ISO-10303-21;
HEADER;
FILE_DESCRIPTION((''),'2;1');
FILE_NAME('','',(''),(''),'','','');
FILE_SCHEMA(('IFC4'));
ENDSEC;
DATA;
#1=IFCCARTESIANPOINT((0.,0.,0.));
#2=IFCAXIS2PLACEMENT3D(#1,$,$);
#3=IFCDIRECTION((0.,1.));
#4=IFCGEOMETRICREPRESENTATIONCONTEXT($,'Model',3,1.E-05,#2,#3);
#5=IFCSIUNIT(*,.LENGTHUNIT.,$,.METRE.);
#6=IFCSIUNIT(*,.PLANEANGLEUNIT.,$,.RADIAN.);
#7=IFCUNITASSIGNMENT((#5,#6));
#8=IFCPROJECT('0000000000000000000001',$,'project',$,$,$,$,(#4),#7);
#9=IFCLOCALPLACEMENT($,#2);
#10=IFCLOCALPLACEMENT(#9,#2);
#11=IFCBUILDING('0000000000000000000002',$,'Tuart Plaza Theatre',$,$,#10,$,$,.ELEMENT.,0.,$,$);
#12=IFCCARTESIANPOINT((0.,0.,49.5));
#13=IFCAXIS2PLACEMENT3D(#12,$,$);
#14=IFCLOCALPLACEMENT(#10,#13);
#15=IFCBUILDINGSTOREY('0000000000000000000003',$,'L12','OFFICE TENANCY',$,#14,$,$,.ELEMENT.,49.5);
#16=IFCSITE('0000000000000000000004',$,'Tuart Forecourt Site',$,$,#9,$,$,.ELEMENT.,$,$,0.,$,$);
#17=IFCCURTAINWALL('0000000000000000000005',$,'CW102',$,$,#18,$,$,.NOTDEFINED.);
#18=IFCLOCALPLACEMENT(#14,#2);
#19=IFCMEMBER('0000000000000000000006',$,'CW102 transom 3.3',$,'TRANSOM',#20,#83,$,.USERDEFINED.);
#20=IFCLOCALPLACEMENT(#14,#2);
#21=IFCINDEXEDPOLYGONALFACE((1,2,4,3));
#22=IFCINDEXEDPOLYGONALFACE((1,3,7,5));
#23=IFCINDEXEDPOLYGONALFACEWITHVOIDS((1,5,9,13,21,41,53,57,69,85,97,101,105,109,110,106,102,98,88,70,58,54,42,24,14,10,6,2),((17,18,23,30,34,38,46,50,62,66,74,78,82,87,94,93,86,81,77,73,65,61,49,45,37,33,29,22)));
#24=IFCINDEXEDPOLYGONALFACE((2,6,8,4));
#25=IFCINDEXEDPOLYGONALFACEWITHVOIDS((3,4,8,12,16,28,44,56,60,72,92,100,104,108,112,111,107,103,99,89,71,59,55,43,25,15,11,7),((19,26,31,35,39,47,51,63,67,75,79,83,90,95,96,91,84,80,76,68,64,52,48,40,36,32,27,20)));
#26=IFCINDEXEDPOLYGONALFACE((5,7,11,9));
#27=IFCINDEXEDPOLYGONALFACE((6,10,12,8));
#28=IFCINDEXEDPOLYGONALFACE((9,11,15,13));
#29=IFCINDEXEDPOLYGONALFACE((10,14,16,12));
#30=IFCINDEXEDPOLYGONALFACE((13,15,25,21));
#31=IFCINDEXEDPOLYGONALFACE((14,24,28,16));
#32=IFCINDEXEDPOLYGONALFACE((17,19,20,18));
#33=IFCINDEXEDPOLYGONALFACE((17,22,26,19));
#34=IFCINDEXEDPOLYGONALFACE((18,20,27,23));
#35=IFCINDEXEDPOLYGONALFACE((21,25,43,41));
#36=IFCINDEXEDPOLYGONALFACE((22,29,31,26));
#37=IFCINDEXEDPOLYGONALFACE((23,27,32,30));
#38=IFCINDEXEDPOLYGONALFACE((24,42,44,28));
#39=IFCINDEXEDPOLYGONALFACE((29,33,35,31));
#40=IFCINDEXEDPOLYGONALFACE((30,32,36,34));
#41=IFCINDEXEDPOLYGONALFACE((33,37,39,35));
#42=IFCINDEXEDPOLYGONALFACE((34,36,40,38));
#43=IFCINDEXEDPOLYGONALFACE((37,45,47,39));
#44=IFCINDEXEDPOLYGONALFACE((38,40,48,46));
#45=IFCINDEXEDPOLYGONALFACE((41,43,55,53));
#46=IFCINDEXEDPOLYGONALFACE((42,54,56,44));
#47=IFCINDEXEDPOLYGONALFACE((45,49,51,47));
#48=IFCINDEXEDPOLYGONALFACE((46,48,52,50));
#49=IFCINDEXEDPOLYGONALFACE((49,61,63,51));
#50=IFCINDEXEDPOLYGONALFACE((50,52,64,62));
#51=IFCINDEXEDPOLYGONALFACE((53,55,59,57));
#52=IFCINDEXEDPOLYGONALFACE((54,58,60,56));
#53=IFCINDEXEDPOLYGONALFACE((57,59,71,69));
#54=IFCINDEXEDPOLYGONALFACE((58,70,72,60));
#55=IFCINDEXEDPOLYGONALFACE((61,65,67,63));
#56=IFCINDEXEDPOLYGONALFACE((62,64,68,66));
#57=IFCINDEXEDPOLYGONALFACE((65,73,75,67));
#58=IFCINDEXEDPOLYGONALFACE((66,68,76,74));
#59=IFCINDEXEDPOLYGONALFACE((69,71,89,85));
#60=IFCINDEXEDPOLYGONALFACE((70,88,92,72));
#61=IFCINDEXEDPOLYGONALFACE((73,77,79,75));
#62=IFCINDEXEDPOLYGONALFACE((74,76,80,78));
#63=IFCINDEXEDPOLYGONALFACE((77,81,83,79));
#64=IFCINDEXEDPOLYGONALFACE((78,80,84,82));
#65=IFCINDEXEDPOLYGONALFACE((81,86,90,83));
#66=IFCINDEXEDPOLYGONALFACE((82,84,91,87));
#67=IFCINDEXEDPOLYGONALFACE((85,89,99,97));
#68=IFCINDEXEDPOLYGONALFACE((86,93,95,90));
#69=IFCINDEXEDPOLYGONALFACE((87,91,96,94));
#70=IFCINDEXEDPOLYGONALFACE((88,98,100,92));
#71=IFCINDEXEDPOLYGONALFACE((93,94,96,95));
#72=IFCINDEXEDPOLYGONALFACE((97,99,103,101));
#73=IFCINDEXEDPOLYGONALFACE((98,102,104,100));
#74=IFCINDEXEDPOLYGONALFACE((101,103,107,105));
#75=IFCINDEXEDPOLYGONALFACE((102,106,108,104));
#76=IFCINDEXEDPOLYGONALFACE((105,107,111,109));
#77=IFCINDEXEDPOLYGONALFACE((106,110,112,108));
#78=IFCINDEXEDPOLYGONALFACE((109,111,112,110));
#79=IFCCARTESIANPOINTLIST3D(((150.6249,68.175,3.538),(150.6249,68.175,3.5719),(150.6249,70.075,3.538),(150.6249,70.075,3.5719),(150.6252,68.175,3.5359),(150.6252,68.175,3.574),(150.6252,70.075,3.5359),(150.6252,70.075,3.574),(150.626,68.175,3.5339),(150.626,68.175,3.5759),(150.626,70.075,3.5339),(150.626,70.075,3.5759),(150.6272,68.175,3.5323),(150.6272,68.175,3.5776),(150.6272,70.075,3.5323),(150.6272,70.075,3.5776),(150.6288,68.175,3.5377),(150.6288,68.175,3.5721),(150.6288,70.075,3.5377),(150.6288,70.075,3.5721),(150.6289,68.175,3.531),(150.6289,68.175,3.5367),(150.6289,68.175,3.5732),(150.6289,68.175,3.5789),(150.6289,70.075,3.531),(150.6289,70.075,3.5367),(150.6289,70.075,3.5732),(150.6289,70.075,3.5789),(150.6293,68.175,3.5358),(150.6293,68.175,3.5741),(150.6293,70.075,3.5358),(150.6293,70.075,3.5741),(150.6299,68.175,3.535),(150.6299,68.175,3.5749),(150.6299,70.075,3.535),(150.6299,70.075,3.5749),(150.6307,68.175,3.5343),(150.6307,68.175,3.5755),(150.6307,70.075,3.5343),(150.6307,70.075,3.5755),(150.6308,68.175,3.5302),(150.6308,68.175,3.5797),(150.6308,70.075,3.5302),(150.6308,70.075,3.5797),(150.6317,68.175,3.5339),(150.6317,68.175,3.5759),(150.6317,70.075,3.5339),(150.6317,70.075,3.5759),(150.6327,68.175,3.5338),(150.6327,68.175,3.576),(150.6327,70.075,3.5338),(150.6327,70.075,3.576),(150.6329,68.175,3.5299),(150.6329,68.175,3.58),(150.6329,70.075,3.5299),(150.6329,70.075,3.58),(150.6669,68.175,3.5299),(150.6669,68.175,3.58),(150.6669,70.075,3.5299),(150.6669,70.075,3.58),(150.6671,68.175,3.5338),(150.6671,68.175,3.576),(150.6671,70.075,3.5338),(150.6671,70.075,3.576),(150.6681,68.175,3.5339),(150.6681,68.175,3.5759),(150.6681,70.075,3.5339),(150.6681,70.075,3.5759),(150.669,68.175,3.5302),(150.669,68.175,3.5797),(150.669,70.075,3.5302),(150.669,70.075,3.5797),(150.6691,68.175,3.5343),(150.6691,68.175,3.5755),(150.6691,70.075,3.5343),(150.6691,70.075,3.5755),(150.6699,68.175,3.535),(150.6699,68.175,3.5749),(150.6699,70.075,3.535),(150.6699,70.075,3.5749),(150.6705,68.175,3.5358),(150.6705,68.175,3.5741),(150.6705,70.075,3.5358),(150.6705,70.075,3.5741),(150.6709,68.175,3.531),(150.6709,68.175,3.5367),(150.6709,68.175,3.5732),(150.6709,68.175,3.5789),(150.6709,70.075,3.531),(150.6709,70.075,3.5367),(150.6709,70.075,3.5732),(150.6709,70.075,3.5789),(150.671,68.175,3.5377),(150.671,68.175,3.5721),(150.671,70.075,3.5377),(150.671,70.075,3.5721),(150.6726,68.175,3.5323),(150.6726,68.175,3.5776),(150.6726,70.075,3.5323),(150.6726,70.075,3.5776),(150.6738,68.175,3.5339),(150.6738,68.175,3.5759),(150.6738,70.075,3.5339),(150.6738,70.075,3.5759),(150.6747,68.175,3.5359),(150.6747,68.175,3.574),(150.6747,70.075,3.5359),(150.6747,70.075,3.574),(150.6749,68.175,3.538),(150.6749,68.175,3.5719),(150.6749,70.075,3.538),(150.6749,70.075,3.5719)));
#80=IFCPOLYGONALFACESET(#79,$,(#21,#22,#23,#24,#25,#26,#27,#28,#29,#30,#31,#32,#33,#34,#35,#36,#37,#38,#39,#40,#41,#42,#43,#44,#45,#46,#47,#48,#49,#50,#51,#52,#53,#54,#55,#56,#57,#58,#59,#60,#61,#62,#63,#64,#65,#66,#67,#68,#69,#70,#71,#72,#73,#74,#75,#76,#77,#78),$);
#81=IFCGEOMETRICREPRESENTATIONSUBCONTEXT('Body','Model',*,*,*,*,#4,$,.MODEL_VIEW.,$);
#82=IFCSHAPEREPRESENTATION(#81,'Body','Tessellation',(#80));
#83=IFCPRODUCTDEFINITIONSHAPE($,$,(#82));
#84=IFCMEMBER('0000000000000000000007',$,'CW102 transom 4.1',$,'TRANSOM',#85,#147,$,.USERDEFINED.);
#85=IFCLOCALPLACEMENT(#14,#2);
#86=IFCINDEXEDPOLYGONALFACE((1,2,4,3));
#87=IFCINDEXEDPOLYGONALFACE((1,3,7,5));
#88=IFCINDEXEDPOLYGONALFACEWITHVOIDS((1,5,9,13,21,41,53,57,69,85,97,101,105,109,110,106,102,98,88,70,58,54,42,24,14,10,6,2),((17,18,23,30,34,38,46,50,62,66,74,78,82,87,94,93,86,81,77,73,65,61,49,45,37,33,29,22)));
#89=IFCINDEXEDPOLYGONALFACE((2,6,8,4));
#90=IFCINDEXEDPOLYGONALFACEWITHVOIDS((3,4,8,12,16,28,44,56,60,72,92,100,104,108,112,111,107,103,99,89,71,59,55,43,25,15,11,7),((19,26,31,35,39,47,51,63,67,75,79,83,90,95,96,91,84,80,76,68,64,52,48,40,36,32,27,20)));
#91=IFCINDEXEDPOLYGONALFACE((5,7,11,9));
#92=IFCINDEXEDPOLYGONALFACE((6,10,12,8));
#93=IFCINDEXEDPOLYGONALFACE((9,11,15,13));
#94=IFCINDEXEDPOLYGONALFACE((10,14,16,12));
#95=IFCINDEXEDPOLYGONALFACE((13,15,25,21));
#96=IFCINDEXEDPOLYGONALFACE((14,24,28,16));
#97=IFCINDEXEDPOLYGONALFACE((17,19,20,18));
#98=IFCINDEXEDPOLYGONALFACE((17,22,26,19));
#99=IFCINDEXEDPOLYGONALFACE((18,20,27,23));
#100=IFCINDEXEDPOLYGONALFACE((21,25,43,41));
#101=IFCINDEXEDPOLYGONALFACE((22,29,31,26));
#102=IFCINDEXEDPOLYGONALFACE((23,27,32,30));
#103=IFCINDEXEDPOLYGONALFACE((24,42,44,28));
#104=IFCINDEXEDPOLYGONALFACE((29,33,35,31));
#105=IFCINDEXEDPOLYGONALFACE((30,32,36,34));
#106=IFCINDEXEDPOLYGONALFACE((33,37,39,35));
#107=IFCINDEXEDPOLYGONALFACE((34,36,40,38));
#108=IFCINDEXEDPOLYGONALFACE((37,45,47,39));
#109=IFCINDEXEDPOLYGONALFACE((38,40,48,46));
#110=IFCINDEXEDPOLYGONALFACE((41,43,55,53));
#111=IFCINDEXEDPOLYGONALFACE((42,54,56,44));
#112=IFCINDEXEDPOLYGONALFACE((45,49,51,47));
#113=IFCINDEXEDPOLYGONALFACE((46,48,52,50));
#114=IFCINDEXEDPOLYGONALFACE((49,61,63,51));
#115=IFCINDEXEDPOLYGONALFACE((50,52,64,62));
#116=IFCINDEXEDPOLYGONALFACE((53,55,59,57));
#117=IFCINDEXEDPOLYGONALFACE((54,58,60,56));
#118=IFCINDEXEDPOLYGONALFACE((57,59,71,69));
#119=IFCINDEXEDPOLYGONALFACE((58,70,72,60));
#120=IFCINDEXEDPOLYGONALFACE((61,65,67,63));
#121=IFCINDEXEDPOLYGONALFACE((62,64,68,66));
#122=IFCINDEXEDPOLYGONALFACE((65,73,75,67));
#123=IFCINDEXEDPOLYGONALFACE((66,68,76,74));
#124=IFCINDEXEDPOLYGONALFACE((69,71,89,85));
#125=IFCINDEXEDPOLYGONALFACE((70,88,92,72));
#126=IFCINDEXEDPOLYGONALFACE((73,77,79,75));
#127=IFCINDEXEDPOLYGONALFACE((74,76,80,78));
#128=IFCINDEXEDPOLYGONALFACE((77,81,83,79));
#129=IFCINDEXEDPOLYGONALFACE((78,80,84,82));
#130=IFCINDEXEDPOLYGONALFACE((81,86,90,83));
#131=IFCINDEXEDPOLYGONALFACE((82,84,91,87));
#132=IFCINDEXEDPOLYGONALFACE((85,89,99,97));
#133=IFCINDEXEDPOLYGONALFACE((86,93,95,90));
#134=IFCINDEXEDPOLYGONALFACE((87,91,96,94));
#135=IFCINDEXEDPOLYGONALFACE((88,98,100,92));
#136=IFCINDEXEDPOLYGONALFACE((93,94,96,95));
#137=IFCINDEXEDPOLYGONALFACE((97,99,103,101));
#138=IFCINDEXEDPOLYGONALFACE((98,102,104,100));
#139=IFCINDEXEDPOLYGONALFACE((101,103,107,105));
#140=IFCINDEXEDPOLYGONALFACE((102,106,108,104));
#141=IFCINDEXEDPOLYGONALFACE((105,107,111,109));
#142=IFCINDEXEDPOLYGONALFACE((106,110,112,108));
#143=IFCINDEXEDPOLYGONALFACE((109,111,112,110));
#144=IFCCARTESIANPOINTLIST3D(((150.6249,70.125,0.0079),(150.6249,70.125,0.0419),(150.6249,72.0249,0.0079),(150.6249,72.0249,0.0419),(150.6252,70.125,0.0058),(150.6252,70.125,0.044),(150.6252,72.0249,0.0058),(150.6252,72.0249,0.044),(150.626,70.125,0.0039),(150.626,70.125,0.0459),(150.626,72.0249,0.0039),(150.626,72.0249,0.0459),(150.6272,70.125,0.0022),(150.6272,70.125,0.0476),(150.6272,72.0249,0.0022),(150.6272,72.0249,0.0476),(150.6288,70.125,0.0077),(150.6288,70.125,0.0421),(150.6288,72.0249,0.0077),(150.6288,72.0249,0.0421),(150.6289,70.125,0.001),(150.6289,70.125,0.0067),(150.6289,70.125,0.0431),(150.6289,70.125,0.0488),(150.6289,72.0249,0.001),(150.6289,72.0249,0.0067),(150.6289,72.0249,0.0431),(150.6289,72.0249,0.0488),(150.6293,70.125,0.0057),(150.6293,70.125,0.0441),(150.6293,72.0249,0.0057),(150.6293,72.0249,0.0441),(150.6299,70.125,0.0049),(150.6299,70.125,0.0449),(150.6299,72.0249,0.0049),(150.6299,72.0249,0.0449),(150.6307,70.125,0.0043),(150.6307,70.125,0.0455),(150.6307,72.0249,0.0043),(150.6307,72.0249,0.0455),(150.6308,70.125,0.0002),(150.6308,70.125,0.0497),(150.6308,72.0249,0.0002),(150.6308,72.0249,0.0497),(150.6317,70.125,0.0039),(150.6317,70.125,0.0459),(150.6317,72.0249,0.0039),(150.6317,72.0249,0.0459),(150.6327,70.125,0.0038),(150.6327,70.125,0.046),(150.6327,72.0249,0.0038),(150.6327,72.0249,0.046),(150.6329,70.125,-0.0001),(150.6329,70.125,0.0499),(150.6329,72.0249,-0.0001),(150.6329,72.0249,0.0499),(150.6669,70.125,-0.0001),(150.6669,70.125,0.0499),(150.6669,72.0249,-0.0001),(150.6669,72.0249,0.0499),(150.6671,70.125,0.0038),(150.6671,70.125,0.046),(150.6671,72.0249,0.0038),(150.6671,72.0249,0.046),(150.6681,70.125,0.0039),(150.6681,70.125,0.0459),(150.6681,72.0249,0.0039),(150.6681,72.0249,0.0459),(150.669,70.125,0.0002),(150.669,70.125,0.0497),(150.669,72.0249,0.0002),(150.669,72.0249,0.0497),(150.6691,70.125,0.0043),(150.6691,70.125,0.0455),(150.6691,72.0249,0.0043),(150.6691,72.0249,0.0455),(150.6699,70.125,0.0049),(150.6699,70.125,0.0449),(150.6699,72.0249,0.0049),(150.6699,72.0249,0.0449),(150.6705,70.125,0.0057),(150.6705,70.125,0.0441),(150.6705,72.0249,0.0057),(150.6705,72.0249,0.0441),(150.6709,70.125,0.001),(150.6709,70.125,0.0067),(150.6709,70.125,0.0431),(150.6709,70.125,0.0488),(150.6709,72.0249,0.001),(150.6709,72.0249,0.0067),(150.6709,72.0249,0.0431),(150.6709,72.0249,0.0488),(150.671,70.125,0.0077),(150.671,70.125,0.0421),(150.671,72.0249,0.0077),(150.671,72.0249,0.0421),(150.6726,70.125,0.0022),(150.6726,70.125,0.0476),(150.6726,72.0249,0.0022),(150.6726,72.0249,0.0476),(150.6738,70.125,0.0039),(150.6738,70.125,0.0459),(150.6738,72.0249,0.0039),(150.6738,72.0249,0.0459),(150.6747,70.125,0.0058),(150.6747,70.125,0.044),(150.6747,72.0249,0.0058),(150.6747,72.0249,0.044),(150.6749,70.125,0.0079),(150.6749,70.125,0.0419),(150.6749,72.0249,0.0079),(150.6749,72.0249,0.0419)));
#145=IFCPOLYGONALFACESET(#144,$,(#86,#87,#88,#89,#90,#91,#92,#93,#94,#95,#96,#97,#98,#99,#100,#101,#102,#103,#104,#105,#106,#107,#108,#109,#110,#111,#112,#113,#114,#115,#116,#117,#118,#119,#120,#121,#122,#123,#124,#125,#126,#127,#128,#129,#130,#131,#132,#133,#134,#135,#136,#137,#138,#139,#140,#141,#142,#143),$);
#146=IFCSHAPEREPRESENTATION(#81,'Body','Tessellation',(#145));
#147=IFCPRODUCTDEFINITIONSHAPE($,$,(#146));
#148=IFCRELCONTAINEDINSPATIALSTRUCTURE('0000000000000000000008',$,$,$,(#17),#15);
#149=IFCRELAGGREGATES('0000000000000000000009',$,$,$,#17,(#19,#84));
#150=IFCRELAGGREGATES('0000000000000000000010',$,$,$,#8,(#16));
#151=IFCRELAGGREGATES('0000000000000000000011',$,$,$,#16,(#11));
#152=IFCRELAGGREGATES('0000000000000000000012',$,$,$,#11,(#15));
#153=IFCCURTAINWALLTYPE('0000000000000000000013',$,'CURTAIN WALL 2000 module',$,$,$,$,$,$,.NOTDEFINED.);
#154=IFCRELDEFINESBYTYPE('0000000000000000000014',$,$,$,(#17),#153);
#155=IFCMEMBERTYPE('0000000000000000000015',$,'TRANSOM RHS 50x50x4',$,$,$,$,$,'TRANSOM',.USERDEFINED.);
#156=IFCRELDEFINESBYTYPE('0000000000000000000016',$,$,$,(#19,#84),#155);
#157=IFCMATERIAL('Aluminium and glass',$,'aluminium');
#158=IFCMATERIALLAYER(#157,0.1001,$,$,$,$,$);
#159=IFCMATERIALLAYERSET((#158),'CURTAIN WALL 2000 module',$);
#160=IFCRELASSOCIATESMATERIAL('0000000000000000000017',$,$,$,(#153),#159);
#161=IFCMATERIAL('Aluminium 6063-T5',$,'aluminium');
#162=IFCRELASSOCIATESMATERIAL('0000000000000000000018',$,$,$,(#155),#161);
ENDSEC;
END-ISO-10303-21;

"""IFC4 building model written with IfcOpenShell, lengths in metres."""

from ifc_helpers import new_model, si_unit, direction, frame, origin, origin_2d, place, context, subcontext, project, spatial, hollow_rectangle, extrude, material, layer, layer_set, material_profile, profile_set, type_object, element, aggregate, save


model = new_model("IFC4")

# Units and contexts
model_context = context("Model", 3, precision=1e-05, world=origin(), true_north=direction((0.0, 1.0)))
body_context = subcontext(model_context, "Body", "Model", "MODEL_VIEW")
ifc_project = project(units=[si_unit("LENGTHUNIT", "METRE"), si_unit("PLANEANGLEUNIT", "RADIAN")], contexts=[model_context])

# Site, building, storey
site_placement = place(None, origin())
site = spatial("IfcSite", under=ifc_project, at=site_placement, Name="Tuart Forecourt Site", CompositionType="ELEMENT", RefElevation=0.0)
building_placement = place(site_placement, origin())
building = spatial("IfcBuilding", under=site, at=building_placement, Name="Tuart Plaza Theatre", CompositionType="ELEMENT", ElevationOfRefHeight=0.0)
storey_placement = place(building_placement, frame((0.0, 0.0, 49.5)))
storey = spatial("IfcBuildingStorey", under=building, at=storey_placement, Name="L12", Description="OFFICE TENANCY", CompositionType="ELEMENT", Elevation=49.5)

# Curtain wall, members
ifc_material_1 = material(Name="Aluminium and glass", Category="aluminium")
ifc_layer_1 = layer(ifc_material_1, 0.1001)
ifc_layer_set_1 = layer_set([ifc_layer_1], Name="CURTAIN WALL 2000 module")
curtain_wall_type = type_object("IfcCurtainWallType", Name="CURTAIN WALL 2000 module", PredefinedType="NOTDEFINED", material=ifc_layer_set_1)
curtain_wall_placement = place(storey_placement, origin())
curtain_wall = element("IfcCurtainWall", 1, at=curtain_wall_placement, inside=storey, type_object=curtain_wall_type, Name="CW102", PredefinedType="NOTDEFINED")
ifc_material_2 = material(Name="Aluminium 6063-T5", Category="aluminium")
ifc_material_profile_1 = material_profile(ifc_material_2, hollow_rectangle(XDim=0.05, YDim=0.05, WallThickness=0.0039, InnerFilletRadius=0.0039, OuterFilletRadius=0.0081, at=origin_2d()), Name="RHS 50x50x4")
ifc_profile_set_1 = profile_set([ifc_material_profile_1], Name="Aluminium 6063-T5")
member_type_1 = type_object("IfcMemberType", Name="TRANSOM RHS 50x50x4", ElementType="TRANSOM", PredefinedType="USERDEFINED", material=ifc_profile_set_1)
member_1_placement = place(storey_placement, frame((150.6499, 68.175, 3.5549), z_axis=(0.0, 1.0, 0.0), x_axis=(-1.0, 0.0, 0.0)))
member_1 = element("IfcMember", 2, at=member_1_placement, type_object=member_type_1, Name="CW102 transom 3.3", ObjectType="TRANSOM", PredefinedType="USERDEFINED", context=body_context, shape_type="SweptSolid", body=[
    extrude(hollow_rectangle(XDim=0.05, YDim=0.05, WallThickness=0.0039, InnerFilletRadius=0.0039, OuterFilletRadius=0.0081, at=origin_2d()), origin(), (0.0, 0.0, 1.0), 1.8999),
])
member_2_placement = place(storey_placement, frame((150.6499, 70.125, 0.0249), z_axis=(0.0, 1.0, 0.0), x_axis=(-1.0, 0.0, 0.0)))
member_2 = element("IfcMember", 3, at=member_2_placement, type_object=member_type_1, Name="CW102 transom 4.1", ObjectType="TRANSOM", PredefinedType="USERDEFINED", context=body_context, shape_type="SweptSolid", body=[
    extrude(hollow_rectangle(XDim=0.05, YDim=0.05, WallThickness=0.0039, InnerFilletRadius=0.0039, OuterFilletRadius=0.0081, at=origin_2d()), origin(), (0.0, 0.0, 1.0), 1.8999),
])
aggregate(curtain_wall, [member_1, member_2])

save(model, "model.ifc")
